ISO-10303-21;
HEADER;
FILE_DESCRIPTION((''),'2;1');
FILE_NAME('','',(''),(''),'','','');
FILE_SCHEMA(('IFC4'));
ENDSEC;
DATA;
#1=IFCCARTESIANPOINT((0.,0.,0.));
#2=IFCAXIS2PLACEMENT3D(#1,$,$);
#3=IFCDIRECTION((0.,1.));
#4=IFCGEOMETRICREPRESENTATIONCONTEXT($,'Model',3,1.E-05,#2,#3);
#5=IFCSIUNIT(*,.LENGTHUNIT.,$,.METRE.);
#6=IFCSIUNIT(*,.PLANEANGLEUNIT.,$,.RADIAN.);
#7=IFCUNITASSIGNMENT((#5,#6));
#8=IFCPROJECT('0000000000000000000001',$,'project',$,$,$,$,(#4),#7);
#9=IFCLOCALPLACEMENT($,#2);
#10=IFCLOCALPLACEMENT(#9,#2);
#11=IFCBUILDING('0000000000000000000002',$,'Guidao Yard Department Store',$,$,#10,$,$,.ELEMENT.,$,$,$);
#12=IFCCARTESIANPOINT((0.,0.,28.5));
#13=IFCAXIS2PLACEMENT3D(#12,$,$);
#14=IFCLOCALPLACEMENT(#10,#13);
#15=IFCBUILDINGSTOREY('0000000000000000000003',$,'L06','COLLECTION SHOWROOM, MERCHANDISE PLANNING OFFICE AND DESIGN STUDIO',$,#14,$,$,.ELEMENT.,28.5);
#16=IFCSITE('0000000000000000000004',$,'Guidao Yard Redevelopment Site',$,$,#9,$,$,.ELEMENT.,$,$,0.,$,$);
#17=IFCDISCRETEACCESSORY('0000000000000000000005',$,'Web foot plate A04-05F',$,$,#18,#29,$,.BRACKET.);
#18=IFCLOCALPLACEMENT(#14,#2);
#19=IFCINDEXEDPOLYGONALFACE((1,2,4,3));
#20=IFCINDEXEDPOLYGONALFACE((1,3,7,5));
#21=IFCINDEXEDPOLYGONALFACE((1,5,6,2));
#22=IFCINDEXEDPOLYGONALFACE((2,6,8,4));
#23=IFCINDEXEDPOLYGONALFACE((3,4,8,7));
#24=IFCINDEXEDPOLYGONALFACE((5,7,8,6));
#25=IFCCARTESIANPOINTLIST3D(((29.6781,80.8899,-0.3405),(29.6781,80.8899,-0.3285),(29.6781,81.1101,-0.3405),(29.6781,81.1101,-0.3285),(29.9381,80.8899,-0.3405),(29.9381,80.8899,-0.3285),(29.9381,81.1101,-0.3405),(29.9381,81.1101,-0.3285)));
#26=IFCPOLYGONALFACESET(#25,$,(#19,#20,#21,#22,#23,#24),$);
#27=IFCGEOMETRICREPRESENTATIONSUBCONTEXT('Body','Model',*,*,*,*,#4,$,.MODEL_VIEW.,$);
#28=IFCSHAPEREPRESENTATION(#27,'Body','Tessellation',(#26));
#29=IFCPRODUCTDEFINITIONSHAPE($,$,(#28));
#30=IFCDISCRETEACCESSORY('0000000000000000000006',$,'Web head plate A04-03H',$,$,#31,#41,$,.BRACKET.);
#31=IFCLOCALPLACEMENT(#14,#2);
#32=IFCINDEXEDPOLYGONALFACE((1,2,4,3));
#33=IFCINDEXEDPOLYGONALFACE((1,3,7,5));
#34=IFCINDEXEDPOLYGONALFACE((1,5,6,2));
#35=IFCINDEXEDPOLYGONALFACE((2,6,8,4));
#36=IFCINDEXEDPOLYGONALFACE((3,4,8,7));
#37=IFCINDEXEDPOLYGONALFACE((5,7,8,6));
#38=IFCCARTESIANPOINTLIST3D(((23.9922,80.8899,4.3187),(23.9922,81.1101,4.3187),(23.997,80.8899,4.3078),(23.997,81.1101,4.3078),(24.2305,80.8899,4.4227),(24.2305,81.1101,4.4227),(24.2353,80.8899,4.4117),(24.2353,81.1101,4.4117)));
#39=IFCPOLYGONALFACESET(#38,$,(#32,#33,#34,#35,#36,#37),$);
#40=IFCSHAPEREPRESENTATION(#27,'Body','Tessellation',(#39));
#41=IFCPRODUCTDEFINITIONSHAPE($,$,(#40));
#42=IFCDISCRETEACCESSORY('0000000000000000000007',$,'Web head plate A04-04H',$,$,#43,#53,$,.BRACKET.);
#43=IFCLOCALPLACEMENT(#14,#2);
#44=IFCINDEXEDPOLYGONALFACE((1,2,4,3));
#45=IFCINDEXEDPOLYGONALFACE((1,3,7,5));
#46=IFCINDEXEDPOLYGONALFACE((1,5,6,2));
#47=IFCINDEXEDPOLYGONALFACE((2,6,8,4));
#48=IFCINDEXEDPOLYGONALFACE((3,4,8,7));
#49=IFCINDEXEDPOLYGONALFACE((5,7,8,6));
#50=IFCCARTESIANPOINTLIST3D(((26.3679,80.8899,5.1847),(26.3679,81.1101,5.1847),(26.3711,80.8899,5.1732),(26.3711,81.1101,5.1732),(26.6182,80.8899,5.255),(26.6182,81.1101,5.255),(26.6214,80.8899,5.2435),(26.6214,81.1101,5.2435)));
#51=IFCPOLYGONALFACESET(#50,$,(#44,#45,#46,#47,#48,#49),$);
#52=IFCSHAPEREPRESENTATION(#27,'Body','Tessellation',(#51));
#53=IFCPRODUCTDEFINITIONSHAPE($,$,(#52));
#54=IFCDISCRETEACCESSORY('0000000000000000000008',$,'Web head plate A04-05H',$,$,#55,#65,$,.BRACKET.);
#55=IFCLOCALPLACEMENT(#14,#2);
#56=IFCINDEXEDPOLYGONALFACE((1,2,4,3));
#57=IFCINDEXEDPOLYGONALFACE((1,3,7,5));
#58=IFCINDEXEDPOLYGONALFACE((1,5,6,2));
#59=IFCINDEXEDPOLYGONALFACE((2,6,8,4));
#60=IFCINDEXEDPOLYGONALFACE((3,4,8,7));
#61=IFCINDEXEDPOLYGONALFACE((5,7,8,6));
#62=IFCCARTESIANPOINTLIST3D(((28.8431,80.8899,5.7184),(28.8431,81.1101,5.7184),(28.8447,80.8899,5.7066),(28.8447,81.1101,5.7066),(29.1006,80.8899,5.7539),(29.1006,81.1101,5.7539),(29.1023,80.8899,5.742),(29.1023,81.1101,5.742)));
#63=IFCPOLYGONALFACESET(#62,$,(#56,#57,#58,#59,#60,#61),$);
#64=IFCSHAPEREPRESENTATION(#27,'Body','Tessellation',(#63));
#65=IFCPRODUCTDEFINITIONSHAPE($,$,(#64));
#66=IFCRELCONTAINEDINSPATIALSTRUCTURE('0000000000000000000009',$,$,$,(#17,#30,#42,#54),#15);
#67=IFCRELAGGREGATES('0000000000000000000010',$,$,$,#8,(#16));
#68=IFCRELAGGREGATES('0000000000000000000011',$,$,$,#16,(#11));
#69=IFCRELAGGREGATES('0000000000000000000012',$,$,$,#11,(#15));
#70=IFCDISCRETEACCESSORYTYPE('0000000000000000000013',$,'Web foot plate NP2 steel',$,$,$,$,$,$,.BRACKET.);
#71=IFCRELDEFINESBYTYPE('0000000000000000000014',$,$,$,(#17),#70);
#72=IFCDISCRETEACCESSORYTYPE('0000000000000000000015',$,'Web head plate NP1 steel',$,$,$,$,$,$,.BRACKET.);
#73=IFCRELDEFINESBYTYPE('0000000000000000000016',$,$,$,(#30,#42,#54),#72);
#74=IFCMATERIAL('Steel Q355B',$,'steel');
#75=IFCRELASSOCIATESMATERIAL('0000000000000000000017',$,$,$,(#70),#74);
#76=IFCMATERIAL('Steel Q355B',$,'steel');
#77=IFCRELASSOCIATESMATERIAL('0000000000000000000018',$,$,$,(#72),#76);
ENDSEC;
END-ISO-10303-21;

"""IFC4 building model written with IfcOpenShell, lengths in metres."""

from ifc_helpers import new_model, si_unit, direction, frame, origin, origin_2d, place, context, subcontext, project, spatial, rectangle, extrude, material, material_profile, profile_set, type_object, element, save


model = new_model("IFC4")

# Units and contexts
model_context = context("Model", 3, precision=1e-05, world=origin(), true_north=direction((0.0, 1.0)))
body_context = subcontext(model_context, "Body", "Model", "MODEL_VIEW")
ifc_project = project(units=[si_unit("LENGTHUNIT", "METRE"), si_unit("PLANEANGLEUNIT", "RADIAN")], contexts=[model_context])

# Site, building, storey
site_placement = place(None, origin())
site = spatial("IfcSite", under=ifc_project, at=site_placement, Name="Guidao Yard Redevelopment Site", CompositionType="ELEMENT", RefElevation=0.0)
building_placement = place(site_placement, origin())
building = spatial("IfcBuilding", under=site, at=building_placement, Name="Guidao Yard Department Store", CompositionType="ELEMENT")
storey_placement = place(building_placement, frame((0.0, 0.0, 28.5)))
storey = spatial("IfcBuildingStorey", under=building, at=storey_placement, Name="L06", Description="COLLECTION SHOWROOM, MERCHANDISE PLANNING OFFICE AND DESIGN STUDIO", CompositionType="ELEMENT", Elevation=28.5)

# Discrete accessories
ifc_material_1 = material(Name="Steel Q355B", Category="steel")
ifc_material_profile_1 = material_profile(ifc_material_1, rectangle(XDim=0.26, YDim=0.012, at=origin_2d()), Name="Node plate 260x12")
ifc_profile_set_1 = profile_set([ifc_material_profile_1], Name="Steel Q355B")
discrete_accessory_type_1 = type_object("IfcDiscreteAccessoryType", Name="Web foot plate NP2 steel", PredefinedType="BRACKET", material=ifc_profile_set_1)
for number, where, z_axis, x_axis, name in (
    (1, (29.8081, 80.8899, -0.3345), (0.0, 1.0, 0.0), (-1.0, 0.0, 0.0), "Web foot plate A04-05F"),
):
    element("IfcDiscreteAccessory", number, at=place(storey_placement, frame(where, z_axis=z_axis, x_axis=x_axis)), inside=storey, type_object=discrete_accessory_type_1, Name=name, PredefinedType="BRACKET", context=body_context, shape_type="SweptSolid", body=[
        extrude(rectangle(XDim=0.26, YDim=0.012, at=origin_2d()), origin(), (0.0, 0.0, 1.0), 0.2202),
    ])
ifc_material_2 = material(Name="Steel Q355B", Category="steel")
ifc_material_profile_2 = material_profile(ifc_material_2, rectangle(XDim=0.26, YDim=0.012, at=origin_2d()), Name="Node plate 260x12")
ifc_profile_set_2 = profile_set([ifc_material_profile_2], Name="Steel Q355B")
discrete_accessory_type_2 = type_object("IfcDiscreteAccessoryType", Name="Web head plate NP1 steel", PredefinedType="BRACKET", material=ifc_profile_set_2)
for number, where, z_axis, x_axis, name in (
    (2, (24.1138, 80.8899, 4.3652), (0.0, 1.0, 0.0), (-0.916571, 0.0, -0.399871), "Web head plate A04-03H"),
    (3, (26.4946, 80.8899, 5.2141), (0.0, 1.0, 0.0), (-0.962712, 0.0, -0.270529), "Web head plate A04-04H"),
    (4, (28.9727, 80.8899, 5.7302), (0.0, 1.0, 0.0), (-0.990647, 0.0, -0.136449), "Web head plate A04-05H"),
):
    element("IfcDiscreteAccessory", number, at=place(storey_placement, frame(where, z_axis=z_axis, x_axis=x_axis)), inside=storey, type_object=discrete_accessory_type_2, Name=name, PredefinedType="BRACKET", context=body_context, shape_type="SweptSolid", body=[
        extrude(rectangle(XDim=0.26, YDim=0.012, at=origin_2d()), origin(), (0.0, 0.0, 1.0), 0.2202),
    ])

save(model, "model.ifc")
